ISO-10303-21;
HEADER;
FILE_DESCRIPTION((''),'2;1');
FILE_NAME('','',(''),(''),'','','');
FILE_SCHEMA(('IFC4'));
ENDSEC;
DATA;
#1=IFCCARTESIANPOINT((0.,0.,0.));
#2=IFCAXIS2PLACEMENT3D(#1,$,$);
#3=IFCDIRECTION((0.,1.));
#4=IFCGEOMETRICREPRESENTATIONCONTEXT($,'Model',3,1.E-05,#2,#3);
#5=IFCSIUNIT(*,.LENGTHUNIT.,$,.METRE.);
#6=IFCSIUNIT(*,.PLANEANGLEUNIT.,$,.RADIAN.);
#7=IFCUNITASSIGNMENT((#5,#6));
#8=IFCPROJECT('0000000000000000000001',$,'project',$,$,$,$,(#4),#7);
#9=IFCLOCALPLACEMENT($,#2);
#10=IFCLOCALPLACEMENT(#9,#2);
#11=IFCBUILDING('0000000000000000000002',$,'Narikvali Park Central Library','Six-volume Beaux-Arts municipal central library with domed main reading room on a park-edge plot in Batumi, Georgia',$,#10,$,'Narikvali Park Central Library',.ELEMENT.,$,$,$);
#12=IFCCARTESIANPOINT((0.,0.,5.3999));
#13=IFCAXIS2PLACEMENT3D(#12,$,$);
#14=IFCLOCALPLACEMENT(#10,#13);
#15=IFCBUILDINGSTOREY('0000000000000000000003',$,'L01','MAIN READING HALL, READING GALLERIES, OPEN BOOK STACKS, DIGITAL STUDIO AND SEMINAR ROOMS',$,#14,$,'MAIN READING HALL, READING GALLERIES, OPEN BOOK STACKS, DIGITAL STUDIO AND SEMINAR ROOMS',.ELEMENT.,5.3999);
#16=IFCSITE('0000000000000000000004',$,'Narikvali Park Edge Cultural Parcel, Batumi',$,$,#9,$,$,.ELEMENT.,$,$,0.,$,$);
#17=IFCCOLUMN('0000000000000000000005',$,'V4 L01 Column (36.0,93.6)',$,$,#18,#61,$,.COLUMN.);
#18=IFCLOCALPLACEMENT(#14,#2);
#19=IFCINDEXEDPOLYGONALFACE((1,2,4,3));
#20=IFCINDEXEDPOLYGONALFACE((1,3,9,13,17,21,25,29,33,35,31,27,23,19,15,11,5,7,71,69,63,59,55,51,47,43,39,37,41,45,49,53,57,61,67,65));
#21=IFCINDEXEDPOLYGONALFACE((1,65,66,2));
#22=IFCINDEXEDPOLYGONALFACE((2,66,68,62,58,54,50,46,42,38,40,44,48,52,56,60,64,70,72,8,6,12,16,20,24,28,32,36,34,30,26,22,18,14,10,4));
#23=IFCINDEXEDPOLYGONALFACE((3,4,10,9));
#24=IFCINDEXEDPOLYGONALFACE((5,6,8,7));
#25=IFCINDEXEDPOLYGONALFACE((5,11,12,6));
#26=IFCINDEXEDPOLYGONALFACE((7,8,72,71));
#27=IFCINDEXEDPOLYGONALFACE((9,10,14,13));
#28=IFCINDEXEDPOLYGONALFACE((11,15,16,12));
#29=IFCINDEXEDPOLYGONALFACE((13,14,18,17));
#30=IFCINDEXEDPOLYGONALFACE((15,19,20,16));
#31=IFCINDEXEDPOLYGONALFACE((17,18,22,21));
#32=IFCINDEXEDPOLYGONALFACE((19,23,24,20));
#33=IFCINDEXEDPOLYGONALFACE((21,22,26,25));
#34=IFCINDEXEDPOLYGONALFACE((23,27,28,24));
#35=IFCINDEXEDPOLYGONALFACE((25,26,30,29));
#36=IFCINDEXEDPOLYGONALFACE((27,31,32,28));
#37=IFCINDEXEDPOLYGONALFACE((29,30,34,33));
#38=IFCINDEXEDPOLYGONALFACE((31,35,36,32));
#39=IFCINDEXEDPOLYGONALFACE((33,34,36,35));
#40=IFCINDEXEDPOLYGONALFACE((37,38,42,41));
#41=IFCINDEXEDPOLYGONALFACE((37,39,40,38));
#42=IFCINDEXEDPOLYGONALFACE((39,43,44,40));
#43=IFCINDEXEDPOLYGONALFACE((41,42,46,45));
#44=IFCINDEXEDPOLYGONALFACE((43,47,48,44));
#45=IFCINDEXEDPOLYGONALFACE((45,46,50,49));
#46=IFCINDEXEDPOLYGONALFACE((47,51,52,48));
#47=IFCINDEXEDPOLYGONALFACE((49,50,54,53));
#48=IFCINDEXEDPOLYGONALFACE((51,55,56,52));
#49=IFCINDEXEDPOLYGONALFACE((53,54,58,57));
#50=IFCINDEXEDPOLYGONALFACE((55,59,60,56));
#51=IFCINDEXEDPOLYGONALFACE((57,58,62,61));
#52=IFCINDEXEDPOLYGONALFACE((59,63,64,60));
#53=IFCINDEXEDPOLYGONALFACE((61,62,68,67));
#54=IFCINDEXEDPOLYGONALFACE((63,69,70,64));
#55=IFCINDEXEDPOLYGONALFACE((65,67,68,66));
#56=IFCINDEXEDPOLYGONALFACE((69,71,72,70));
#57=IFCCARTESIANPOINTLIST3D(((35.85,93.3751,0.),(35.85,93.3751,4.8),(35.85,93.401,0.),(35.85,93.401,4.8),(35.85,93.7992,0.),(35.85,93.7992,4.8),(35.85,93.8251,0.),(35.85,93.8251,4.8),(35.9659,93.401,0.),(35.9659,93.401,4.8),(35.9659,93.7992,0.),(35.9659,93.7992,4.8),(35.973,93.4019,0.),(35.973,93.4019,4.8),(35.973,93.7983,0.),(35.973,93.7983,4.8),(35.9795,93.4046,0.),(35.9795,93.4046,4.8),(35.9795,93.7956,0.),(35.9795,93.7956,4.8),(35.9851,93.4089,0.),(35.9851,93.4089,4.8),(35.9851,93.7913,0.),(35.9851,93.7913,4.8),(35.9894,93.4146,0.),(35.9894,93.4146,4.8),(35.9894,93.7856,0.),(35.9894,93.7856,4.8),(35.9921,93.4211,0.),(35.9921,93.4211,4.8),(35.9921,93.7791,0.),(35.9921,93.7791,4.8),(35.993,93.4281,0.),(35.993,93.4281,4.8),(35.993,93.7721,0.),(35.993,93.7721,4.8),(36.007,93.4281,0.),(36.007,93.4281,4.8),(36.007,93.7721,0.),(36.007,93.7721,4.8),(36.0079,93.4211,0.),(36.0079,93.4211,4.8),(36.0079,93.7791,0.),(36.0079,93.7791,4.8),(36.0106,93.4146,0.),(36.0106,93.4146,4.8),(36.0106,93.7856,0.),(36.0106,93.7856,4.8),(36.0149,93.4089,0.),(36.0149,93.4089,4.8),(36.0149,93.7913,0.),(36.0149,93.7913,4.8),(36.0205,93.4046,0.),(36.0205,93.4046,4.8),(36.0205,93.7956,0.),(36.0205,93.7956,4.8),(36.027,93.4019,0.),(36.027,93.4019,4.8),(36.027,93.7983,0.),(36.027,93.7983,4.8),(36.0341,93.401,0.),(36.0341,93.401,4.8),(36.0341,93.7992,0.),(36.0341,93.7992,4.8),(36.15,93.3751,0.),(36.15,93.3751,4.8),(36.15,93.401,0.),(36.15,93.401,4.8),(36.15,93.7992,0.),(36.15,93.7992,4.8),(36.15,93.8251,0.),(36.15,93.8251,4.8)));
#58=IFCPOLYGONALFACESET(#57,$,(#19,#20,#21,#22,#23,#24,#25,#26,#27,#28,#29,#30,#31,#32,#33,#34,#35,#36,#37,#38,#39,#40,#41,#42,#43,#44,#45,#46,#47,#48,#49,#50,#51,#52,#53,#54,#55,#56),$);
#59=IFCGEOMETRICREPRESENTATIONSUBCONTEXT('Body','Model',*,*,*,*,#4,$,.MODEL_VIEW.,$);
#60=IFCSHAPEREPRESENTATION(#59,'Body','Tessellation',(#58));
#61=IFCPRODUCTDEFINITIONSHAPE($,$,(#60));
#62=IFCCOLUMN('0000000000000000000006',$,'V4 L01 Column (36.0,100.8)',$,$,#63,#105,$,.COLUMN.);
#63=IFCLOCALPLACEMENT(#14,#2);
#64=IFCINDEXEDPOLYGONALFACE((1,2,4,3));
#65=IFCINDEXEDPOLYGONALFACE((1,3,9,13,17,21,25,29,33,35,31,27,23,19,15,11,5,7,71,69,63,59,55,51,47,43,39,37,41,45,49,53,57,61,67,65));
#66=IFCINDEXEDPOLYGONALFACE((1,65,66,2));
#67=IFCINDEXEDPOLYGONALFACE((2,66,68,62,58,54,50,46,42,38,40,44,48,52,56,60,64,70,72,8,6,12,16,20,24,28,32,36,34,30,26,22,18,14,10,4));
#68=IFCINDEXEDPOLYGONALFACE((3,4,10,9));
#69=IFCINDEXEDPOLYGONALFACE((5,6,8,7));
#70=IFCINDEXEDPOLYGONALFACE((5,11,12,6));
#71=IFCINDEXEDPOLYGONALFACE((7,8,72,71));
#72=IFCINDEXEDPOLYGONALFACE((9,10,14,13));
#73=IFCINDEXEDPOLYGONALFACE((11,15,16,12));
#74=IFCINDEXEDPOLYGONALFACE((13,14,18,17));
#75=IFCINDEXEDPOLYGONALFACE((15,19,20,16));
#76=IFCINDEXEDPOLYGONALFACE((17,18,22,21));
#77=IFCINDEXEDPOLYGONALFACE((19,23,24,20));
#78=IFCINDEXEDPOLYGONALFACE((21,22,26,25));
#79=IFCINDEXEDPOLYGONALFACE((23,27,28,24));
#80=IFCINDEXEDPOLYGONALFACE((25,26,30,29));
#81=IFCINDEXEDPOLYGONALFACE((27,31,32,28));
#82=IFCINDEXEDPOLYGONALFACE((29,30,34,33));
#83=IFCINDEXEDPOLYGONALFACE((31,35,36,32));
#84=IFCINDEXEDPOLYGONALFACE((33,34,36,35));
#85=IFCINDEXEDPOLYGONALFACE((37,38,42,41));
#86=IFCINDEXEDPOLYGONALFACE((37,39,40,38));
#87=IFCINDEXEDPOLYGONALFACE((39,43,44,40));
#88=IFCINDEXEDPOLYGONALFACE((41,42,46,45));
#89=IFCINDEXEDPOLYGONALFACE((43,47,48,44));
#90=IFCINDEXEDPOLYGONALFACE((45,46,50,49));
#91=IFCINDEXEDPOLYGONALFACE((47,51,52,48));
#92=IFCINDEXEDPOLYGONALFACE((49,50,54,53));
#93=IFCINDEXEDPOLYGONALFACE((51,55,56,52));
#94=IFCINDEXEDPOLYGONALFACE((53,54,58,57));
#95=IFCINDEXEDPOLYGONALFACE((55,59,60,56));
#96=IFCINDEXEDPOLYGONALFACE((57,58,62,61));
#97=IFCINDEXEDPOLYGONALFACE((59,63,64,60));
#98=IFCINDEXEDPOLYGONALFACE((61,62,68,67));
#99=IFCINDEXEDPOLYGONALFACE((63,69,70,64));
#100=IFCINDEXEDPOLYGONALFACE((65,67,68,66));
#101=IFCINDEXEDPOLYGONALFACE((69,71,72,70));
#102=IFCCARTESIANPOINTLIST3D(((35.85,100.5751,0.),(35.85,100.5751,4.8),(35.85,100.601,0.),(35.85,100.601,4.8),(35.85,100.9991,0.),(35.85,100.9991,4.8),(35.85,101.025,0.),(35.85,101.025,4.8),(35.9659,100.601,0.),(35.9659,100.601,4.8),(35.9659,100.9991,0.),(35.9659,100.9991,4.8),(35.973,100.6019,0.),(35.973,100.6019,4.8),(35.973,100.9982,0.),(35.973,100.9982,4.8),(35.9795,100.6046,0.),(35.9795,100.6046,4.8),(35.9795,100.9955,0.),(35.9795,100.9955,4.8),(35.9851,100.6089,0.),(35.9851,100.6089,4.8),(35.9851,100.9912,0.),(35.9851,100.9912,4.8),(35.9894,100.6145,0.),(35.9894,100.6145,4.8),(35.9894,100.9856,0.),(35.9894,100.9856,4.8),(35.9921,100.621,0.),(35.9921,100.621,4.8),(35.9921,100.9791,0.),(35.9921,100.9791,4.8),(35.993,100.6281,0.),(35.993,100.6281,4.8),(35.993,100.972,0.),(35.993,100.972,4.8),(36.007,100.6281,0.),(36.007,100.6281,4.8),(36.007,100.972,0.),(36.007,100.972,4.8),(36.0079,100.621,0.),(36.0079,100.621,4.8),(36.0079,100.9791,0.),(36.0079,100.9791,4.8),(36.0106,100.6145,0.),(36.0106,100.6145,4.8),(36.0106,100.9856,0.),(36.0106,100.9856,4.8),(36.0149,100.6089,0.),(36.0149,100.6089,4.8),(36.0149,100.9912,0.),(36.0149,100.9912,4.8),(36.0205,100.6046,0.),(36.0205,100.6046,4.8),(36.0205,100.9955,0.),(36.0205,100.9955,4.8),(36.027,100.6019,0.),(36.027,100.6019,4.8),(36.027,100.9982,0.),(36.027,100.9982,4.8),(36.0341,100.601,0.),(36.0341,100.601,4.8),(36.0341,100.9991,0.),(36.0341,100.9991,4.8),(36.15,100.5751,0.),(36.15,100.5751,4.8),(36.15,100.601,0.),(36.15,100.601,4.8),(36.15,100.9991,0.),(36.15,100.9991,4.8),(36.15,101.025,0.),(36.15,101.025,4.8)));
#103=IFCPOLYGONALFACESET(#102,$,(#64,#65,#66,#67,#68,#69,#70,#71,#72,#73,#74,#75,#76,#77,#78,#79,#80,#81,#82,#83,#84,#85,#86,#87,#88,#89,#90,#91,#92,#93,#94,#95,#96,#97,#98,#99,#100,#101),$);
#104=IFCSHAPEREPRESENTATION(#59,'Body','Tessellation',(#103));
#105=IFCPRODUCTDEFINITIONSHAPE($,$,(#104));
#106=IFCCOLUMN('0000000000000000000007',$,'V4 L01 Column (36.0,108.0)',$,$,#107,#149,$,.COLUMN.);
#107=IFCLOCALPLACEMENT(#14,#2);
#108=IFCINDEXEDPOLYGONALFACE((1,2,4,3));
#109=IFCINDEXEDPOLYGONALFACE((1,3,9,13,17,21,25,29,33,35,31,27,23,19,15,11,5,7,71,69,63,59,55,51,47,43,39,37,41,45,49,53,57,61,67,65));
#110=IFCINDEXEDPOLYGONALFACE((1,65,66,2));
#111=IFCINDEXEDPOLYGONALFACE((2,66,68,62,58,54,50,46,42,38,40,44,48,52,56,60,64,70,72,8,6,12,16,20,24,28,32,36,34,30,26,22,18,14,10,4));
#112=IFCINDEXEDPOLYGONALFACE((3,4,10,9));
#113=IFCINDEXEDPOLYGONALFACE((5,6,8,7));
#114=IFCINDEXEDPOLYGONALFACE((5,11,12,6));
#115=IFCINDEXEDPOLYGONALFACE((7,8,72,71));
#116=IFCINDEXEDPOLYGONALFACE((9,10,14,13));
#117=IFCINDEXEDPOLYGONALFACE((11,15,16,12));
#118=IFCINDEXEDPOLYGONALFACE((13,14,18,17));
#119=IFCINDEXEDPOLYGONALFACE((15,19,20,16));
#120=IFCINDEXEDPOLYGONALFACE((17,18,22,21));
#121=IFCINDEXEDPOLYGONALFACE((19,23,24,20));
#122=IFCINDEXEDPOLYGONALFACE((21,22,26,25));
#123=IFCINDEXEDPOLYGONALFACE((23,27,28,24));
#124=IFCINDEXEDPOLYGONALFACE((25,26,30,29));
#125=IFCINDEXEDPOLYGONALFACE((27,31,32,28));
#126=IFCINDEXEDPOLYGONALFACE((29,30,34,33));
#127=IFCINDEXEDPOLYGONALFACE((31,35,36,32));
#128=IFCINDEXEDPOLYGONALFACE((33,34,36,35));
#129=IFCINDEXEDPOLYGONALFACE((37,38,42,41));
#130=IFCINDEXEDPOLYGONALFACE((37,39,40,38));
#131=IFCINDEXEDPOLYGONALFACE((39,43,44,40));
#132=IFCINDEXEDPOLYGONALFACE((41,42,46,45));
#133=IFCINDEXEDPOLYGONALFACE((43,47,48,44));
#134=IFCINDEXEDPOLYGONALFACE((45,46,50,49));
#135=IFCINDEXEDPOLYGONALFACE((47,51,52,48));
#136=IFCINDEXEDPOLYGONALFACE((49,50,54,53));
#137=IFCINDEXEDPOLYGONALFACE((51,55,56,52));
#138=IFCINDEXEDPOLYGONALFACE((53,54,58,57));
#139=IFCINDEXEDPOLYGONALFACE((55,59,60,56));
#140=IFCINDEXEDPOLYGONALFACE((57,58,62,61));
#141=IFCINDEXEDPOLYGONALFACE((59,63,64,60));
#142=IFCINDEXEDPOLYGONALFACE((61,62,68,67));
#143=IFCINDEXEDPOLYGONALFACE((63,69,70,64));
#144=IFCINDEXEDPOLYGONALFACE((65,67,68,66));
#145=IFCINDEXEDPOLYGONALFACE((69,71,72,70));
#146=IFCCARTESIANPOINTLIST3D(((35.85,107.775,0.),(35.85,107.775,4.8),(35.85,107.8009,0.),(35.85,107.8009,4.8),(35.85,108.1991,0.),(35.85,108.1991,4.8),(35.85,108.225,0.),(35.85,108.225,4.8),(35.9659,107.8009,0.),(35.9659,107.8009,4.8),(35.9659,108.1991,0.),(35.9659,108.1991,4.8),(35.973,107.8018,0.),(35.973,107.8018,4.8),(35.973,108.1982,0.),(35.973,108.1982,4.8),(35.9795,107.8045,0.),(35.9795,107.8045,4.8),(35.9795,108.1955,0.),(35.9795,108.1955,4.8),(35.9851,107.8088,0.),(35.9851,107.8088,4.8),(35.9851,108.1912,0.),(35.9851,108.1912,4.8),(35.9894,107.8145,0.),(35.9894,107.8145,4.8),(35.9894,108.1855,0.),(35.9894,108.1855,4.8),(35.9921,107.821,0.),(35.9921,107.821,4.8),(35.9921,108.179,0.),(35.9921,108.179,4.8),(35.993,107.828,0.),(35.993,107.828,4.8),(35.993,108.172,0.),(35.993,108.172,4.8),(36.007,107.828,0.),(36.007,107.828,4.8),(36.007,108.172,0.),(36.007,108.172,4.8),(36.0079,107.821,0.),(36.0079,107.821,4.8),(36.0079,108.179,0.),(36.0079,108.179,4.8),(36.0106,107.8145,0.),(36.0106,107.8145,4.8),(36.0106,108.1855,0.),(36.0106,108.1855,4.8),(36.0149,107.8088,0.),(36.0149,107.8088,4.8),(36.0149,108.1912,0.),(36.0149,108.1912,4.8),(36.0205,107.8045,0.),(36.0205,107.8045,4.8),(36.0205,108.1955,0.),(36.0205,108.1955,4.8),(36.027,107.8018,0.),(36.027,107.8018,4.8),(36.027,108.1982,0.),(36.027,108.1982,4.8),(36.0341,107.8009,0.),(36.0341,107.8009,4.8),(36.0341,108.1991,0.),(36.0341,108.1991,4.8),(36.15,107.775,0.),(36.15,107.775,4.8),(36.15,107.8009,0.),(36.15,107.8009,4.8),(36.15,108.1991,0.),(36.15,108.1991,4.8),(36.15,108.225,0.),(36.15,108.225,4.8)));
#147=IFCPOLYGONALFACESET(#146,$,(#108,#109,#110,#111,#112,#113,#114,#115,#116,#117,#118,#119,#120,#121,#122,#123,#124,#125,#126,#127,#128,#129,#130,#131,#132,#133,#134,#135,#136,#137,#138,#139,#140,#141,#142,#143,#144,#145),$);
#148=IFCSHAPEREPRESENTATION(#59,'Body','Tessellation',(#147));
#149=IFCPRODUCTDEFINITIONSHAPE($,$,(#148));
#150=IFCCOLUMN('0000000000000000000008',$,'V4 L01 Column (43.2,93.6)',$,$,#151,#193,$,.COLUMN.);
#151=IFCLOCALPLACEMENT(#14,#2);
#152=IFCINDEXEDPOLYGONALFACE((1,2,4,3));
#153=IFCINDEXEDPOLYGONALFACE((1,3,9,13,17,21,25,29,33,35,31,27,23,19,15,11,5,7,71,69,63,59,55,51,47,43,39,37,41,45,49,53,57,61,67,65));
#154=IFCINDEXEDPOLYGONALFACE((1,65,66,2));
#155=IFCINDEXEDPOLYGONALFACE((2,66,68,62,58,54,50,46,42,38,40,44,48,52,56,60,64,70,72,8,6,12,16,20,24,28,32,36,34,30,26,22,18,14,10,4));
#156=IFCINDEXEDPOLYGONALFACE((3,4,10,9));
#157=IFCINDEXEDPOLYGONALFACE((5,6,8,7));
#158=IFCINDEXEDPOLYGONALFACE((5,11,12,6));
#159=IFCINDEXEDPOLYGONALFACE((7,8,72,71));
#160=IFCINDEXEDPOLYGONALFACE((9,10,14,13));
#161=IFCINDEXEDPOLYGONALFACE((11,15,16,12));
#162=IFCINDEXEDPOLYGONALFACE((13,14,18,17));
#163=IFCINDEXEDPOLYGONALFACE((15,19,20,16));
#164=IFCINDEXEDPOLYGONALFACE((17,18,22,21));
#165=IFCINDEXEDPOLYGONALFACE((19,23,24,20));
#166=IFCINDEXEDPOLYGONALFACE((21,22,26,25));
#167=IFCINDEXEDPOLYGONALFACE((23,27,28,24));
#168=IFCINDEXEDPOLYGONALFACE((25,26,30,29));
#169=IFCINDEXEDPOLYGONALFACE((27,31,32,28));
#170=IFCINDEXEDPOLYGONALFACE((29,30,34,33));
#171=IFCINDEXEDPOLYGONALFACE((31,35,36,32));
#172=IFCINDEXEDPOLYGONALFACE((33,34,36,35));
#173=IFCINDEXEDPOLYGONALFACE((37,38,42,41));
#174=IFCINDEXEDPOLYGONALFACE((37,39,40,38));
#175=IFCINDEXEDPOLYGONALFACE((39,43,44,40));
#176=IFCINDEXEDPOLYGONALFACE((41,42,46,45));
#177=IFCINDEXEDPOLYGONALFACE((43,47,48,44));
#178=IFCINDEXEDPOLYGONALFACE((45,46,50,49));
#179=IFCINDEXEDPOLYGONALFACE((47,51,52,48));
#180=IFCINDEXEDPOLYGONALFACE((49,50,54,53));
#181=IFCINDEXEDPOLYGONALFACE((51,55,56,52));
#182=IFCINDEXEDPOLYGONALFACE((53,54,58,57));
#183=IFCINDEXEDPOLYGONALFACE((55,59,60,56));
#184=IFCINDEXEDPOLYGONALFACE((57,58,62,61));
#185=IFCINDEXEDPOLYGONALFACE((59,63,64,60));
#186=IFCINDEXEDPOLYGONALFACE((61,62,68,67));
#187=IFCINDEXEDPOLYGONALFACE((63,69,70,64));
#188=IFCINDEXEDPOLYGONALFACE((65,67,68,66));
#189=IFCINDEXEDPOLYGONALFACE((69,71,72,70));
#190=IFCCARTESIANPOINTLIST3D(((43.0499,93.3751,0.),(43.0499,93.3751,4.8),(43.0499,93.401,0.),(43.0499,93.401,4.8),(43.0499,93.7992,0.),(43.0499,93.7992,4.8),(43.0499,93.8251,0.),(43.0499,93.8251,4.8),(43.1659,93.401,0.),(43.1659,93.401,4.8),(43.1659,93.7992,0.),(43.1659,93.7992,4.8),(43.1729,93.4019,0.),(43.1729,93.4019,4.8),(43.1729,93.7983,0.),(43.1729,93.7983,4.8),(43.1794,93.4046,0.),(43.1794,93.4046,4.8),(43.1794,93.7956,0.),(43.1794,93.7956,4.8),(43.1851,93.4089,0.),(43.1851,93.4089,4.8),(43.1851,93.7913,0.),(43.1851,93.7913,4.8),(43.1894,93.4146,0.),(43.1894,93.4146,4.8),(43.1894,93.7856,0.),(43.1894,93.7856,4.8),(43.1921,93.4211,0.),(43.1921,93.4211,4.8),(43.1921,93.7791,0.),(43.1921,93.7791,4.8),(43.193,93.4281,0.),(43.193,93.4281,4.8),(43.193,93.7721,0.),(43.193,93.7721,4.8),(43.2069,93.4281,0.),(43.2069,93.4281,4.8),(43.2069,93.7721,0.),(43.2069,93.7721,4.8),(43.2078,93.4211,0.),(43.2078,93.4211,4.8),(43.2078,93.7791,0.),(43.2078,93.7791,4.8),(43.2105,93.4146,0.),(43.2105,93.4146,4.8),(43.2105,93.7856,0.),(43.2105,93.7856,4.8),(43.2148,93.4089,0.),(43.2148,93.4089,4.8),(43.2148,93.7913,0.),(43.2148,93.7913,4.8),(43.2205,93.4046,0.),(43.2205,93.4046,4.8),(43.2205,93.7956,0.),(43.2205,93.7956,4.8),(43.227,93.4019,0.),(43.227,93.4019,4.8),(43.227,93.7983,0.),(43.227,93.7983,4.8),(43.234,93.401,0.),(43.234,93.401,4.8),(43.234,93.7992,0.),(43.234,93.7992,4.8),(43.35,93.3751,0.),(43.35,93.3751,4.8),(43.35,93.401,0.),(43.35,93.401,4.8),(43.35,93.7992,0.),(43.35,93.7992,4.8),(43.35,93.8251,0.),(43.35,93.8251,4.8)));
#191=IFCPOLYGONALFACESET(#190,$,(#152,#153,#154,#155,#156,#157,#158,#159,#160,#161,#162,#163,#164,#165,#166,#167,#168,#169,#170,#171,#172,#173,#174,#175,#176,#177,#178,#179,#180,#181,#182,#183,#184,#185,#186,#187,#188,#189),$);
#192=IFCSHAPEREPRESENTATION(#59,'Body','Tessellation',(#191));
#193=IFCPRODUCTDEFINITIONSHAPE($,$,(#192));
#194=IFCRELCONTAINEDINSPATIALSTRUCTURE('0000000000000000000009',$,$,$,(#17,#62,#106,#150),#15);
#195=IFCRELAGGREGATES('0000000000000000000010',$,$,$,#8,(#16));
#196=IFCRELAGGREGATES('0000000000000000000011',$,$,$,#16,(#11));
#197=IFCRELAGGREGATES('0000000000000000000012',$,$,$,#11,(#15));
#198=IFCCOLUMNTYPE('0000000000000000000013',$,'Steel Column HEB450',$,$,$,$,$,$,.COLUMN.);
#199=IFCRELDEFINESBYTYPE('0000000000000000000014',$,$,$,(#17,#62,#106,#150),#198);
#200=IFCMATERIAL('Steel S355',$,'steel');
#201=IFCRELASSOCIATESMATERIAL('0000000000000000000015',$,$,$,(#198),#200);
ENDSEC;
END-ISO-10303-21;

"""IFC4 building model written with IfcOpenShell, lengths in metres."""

from ifc_helpers import new_model, si_unit, direction, frame, origin, origin_2d, place, context, subcontext, project, spatial, i_section, extrude, material, material_profile, profile_set, type_object, element, save


model = new_model("IFC4")

# Units and contexts
model_context = context("Model", 3, precision=1e-05, world=origin(), true_north=direction((0.0, 1.0)))
body_context = subcontext(model_context, "Body", "Model", "MODEL_VIEW")
ifc_project = project(units=[si_unit("LENGTHUNIT", "METRE"), si_unit("PLANEANGLEUNIT", "RADIAN")], contexts=[model_context])

# Site, building, storey
site_placement = place(None, origin())
site = spatial("IfcSite", under=ifc_project, at=site_placement, Name="Narikvali Park Edge Cultural Parcel, Batumi", CompositionType="ELEMENT", RefElevation=0.0)
building_placement = place(site_placement, origin())
building = spatial("IfcBuilding", under=site, at=building_placement, Name="Narikvali Park Central Library", Description="Six-volume Beaux-Arts municipal central library with domed main reading room on a park-edge plot in Batumi, Georgia", LongName="Narikvali Park Central Library", CompositionType="ELEMENT")
storey_placement = place(building_placement, frame((0.0, 0.0, 5.3999)))
storey = spatial("IfcBuildingStorey", under=building, at=storey_placement, Name="L01", Description="MAIN READING HALL, READING GALLERIES, OPEN BOOK STACKS, DIGITAL STUDIO AND SEMINAR ROOMS", LongName="MAIN READING HALL, READING GALLERIES, OPEN BOOK STACKS, DIGITAL STUDIO AND SEMINAR ROOMS", CompositionType="ELEMENT", Elevation=5.3999)

# Columns
ifc_material_1 = material(Name="Steel S355", Category="steel")
ifc_material_profile_1 = material_profile(ifc_material_1, i_section(OverallWidth=0.3, OverallDepth=0.45, WebThickness=0.0139, FlangeThickness=0.0259, FilletRadius=0.0271, at=origin_2d()), Name="HEB 450")
ifc_profile_set_1 = profile_set([ifc_material_profile_1], Name="Steel S355")
column_type = type_object("IfcColumnType", Name="Steel Column HEB450", PredefinedType="COLUMN", material=ifc_profile_set_1)
for number, where, z_axis, x_axis, name in (
    (1, (36.0, 93.6001, 0.0), (0.0, 0.0, 1.0), (1.0, 0.0, 0.0), "V4 L01 Column (36.0,93.6)"),
    (2, (36.0, 100.8, 0.0), (0.0, 0.0, 1.0), (1.0, 0.0, 0.0), "V4 L01 Column (36.0,100.8)"),
    (3, (36.0, 108.0, 0.0), (0.0, 0.0, 1.0), (1.0, 0.0, 0.0), "V4 L01 Column (36.0,108.0)"),
    (4, (43.2, 93.6001, 0.0), (0.0, 0.0, 1.0), (1.0, 0.0, 0.0), "V4 L01 Column (43.2,93.6)"),
):
    element("IfcColumn", number, at=place(storey_placement, frame(where, z_axis=z_axis, x_axis=x_axis)), inside=storey, type_object=column_type, Name=name, PredefinedType="COLUMN", context=body_context, shape_type="SweptSolid", body=[
        extrude(i_section(OverallWidth=0.3, OverallDepth=0.45, WebThickness=0.0139, FlangeThickness=0.0259, FilletRadius=0.0271, at=origin_2d()), origin(), (0.0, 0.0, 1.0), 4.8),
    ])

save(model, "model.ifc")
